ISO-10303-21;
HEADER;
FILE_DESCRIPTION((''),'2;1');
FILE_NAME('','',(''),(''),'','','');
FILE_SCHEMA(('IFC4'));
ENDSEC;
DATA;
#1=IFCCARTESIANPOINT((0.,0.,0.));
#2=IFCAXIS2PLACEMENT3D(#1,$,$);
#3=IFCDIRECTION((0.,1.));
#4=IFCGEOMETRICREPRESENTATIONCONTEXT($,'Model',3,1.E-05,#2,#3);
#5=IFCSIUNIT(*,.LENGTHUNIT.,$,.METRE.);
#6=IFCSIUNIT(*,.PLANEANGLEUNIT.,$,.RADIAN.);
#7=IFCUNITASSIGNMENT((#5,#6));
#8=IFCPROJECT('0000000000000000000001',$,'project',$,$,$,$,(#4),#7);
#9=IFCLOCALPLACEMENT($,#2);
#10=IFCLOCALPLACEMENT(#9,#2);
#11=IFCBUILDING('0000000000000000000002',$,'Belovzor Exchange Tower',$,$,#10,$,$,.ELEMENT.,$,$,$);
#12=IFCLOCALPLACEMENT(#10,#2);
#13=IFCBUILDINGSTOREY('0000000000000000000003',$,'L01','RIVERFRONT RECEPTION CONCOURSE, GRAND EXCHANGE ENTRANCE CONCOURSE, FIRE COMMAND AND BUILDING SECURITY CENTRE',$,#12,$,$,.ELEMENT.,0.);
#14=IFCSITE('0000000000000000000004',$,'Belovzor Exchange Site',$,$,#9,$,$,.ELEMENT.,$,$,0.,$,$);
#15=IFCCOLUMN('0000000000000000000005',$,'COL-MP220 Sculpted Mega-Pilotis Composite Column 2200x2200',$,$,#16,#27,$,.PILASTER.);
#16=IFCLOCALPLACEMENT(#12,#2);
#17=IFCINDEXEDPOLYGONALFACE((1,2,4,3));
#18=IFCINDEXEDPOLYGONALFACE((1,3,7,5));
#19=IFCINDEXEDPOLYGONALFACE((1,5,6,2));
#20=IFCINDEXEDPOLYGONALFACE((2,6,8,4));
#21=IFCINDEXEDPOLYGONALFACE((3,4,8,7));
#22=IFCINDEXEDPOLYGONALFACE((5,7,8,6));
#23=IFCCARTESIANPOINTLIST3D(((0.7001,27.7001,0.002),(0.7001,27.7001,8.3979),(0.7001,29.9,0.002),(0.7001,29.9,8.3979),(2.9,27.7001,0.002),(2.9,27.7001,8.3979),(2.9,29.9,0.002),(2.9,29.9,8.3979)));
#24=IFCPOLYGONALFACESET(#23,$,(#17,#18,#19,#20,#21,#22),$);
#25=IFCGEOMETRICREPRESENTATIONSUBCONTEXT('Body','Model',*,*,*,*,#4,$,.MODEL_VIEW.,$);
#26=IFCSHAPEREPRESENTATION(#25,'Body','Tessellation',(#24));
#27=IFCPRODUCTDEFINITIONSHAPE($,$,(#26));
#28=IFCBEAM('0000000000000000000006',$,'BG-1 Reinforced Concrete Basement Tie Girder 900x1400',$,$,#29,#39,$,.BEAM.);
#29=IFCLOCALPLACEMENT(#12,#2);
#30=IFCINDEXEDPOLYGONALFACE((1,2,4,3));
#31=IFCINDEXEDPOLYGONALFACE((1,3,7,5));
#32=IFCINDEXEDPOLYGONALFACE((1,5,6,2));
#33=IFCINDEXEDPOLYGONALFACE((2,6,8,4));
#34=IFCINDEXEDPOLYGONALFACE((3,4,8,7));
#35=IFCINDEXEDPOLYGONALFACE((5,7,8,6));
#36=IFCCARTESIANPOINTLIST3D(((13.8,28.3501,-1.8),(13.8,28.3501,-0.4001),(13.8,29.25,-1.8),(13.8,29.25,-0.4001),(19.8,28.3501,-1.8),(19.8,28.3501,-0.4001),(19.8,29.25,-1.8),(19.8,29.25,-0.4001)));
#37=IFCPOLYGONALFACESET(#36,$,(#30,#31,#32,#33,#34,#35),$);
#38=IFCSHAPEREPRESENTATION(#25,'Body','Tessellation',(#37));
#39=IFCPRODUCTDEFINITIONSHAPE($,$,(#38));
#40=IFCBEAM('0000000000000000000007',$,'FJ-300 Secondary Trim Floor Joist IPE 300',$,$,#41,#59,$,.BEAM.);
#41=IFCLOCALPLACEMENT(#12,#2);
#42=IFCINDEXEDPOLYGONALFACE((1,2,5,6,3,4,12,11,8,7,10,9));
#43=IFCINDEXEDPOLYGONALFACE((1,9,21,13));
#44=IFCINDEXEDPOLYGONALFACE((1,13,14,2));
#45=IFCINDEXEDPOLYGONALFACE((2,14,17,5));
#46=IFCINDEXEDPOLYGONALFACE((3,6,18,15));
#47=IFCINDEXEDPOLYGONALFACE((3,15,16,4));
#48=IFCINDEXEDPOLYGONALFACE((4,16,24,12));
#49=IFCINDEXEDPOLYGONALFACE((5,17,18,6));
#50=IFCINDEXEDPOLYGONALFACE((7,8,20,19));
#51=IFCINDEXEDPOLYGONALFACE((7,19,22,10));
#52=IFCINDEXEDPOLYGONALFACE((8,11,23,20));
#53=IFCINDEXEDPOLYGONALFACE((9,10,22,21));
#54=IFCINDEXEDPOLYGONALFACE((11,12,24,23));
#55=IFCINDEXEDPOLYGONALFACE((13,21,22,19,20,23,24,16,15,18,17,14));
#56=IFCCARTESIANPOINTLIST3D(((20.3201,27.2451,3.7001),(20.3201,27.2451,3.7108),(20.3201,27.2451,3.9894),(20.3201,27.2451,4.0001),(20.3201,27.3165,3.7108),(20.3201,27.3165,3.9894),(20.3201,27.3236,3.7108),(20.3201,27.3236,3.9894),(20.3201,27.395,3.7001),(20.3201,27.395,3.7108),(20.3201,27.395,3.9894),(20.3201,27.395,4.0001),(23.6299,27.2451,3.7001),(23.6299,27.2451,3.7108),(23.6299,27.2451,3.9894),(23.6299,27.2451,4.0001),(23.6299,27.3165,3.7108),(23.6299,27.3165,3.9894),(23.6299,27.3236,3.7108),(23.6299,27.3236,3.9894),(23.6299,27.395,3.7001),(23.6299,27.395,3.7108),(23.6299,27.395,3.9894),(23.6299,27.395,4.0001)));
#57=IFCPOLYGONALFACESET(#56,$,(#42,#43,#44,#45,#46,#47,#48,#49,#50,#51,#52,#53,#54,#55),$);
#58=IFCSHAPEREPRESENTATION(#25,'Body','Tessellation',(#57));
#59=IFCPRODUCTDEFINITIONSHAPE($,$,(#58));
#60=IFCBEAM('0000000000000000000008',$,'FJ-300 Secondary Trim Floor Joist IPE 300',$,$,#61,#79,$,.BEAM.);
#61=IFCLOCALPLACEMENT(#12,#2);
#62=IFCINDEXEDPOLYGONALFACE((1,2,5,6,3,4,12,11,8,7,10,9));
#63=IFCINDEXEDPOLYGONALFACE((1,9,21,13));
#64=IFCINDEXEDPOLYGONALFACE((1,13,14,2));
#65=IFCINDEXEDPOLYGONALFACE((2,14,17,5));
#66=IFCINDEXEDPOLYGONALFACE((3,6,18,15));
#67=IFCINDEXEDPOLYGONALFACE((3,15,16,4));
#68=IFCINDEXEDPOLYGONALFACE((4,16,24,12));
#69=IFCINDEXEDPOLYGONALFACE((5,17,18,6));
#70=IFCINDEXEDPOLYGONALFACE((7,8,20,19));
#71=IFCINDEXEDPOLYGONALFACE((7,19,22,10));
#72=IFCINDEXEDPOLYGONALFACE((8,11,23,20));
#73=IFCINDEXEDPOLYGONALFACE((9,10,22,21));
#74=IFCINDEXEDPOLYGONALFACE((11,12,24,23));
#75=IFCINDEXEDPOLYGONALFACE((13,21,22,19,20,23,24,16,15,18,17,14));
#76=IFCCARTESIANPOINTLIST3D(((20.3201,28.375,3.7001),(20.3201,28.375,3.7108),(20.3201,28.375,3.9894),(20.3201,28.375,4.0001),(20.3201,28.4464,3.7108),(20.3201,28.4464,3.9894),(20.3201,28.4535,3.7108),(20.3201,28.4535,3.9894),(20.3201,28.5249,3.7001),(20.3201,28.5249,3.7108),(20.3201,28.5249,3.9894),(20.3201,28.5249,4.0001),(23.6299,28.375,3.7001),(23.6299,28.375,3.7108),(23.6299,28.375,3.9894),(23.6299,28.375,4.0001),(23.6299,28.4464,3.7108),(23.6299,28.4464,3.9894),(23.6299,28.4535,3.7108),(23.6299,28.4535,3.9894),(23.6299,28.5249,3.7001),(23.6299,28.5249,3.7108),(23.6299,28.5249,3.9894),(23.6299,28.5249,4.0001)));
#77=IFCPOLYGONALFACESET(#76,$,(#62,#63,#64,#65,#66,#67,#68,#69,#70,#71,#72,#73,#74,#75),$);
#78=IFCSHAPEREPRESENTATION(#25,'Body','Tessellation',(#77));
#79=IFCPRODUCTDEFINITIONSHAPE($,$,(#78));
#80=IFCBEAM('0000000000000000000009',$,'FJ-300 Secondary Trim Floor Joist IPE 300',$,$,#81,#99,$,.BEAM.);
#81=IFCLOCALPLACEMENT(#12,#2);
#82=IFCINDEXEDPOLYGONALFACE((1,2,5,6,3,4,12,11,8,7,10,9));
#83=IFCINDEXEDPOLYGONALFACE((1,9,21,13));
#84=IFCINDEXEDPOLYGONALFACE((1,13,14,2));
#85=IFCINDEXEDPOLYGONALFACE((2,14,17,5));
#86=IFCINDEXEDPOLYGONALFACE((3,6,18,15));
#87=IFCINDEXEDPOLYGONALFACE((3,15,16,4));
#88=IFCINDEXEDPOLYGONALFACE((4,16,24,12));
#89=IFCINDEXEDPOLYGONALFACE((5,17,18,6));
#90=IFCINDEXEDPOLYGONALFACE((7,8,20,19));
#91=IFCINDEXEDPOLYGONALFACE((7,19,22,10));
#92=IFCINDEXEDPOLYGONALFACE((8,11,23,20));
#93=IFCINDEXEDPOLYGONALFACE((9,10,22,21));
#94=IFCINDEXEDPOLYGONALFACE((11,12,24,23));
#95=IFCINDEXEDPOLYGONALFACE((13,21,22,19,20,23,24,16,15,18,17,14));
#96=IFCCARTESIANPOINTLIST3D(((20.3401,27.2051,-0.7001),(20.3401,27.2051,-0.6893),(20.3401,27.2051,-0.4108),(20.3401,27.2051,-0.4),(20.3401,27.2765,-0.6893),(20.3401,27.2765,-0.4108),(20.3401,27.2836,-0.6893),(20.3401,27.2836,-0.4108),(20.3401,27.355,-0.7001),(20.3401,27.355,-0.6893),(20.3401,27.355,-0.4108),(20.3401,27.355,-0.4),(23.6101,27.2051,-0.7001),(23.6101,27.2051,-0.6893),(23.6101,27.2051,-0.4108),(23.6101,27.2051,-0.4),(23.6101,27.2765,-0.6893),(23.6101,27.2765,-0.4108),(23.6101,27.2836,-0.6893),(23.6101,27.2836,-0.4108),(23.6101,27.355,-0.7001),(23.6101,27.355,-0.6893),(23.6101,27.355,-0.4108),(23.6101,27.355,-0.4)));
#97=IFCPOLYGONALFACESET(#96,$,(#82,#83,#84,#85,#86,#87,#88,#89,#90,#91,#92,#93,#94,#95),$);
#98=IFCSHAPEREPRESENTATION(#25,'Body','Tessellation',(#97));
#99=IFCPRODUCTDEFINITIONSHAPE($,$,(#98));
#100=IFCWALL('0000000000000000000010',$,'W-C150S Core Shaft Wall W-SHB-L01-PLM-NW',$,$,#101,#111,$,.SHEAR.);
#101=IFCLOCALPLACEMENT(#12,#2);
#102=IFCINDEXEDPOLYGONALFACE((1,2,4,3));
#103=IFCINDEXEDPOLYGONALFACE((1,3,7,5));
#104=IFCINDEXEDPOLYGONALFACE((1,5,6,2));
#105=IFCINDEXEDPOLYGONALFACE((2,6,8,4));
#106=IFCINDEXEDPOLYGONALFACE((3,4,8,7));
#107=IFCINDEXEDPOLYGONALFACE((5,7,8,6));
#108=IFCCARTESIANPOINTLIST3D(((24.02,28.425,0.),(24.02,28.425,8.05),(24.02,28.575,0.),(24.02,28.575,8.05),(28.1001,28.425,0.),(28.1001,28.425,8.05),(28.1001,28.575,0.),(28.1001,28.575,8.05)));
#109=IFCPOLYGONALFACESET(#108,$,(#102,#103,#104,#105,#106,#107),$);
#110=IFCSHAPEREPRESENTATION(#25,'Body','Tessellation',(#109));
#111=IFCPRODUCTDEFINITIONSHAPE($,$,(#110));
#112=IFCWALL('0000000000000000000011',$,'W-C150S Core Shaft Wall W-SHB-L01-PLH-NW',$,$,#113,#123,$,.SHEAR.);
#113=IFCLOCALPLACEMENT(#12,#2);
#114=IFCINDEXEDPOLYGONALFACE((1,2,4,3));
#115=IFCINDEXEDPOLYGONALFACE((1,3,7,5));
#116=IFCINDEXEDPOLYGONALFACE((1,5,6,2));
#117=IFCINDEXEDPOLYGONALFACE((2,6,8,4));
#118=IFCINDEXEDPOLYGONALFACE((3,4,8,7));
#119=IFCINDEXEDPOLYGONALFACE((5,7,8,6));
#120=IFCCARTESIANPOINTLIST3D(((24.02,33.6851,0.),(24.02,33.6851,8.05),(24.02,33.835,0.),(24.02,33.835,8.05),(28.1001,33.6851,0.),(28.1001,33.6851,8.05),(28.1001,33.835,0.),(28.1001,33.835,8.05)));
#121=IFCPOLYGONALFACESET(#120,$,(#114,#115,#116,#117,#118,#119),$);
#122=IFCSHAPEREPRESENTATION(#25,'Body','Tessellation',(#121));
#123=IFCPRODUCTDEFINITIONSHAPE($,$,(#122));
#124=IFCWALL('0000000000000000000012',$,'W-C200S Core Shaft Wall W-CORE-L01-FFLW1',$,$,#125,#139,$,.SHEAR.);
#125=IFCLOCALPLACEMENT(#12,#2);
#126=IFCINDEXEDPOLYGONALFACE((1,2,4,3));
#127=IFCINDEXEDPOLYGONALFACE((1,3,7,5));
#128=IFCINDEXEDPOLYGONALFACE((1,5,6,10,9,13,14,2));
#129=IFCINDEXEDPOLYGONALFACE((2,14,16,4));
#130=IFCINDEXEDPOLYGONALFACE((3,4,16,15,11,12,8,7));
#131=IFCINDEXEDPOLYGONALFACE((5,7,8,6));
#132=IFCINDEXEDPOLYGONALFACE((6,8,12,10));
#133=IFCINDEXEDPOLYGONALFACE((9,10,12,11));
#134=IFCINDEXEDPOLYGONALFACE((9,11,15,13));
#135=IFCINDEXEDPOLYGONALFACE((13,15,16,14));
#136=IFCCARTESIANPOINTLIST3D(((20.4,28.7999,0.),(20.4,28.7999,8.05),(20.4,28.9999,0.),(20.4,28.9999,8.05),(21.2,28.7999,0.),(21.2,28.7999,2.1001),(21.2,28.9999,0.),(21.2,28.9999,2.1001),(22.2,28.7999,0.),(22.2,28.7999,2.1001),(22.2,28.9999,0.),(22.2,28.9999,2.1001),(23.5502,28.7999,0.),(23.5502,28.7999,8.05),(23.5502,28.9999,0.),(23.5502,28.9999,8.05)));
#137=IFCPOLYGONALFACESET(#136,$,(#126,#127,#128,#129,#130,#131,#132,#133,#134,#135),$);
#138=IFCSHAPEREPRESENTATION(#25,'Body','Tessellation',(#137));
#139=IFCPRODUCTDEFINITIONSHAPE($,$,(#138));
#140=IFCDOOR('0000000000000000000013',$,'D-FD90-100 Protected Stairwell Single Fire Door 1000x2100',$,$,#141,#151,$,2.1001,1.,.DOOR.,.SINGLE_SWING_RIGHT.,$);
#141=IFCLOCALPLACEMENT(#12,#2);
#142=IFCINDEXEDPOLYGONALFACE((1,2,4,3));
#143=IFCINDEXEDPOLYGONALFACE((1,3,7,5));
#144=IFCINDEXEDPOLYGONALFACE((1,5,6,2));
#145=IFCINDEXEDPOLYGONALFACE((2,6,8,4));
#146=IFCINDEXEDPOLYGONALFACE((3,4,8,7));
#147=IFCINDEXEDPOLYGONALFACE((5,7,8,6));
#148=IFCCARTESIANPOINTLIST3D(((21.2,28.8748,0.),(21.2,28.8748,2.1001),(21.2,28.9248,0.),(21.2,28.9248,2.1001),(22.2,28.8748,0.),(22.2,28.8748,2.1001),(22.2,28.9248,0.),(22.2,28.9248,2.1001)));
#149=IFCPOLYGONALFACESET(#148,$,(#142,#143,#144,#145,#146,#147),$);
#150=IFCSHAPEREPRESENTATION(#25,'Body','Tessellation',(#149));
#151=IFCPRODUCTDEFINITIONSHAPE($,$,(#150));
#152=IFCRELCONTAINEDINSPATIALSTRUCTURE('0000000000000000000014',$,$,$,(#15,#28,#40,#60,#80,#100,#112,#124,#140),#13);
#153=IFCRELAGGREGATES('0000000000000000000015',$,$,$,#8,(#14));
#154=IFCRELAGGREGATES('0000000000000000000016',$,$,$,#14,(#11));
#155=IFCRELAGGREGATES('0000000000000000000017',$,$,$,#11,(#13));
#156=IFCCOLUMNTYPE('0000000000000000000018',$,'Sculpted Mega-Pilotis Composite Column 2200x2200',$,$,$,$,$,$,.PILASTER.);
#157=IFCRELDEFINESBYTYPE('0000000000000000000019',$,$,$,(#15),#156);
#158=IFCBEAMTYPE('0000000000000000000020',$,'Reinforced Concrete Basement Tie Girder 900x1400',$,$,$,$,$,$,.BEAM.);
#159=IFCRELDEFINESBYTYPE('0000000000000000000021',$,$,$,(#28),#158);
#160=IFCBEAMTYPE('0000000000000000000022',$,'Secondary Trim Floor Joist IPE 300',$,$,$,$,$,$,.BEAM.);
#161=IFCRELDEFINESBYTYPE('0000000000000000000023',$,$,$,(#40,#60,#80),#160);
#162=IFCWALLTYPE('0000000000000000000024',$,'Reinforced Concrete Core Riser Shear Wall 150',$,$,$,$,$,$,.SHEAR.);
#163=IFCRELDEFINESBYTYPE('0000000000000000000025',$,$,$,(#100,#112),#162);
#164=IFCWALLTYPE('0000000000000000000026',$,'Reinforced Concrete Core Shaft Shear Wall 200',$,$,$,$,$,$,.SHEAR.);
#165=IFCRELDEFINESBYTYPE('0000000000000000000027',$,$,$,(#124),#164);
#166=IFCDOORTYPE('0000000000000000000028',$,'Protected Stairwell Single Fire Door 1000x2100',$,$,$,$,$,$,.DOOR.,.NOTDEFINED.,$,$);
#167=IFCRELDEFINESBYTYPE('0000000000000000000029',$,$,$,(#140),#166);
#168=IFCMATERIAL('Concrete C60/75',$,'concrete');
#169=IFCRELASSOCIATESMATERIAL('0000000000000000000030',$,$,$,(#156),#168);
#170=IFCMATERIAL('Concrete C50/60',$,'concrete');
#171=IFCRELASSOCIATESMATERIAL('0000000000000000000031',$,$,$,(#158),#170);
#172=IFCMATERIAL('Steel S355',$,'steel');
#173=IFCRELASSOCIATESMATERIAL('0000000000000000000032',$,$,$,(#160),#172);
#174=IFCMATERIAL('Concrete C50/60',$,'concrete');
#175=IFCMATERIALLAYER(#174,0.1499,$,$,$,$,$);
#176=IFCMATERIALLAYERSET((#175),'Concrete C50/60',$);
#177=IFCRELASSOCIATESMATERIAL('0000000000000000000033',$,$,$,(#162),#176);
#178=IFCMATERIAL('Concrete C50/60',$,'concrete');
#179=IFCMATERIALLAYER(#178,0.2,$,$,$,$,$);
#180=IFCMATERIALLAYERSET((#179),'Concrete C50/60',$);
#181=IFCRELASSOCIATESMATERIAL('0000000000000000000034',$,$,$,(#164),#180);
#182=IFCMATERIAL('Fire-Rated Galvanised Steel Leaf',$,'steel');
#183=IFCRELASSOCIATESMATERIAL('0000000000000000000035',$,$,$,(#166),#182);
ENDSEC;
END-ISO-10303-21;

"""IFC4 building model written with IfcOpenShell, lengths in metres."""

from ifc_helpers import new_model, si_unit, direction, frame, frame_2d, origin, origin_2d, place, context, subcontext, project, spatial, rectangle, i_section, extrude, material, layer, layer_set, material_profile, profile_set, type_object, element, fill, save


model = new_model("IFC4")

# Units and contexts
model_context = context("Model", 3, precision=1e-05, world=origin(), true_north=direction((0.0, 1.0)))
body_context = subcontext(model_context, "Body", "Model", "MODEL_VIEW")
ifc_project = project(units=[si_unit("LENGTHUNIT", "METRE"), si_unit("PLANEANGLEUNIT", "RADIAN")], contexts=[model_context])

# Site, building, storey
site_placement = place(None, origin())
site = spatial("IfcSite", under=ifc_project, at=site_placement, Name="Belovzor Exchange Site", CompositionType="ELEMENT", RefElevation=0.0)
building_placement = place(site_placement, origin())
building = spatial("IfcBuilding", under=site, at=building_placement, Name="Belovzor Exchange Tower", CompositionType="ELEMENT")
storey_placement = place(building_placement, origin())
storey = spatial("IfcBuildingStorey", under=building, at=storey_placement, Name="L01", Description="RIVERFRONT RECEPTION CONCOURSE, GRAND EXCHANGE ENTRANCE CONCOURSE, FIRE COMMAND AND BUILDING SECURITY CENTRE", CompositionType="ELEMENT", Elevation=0.0)

# Column
ifc_material_1 = material(Name="Concrete C60/75", Category="concrete")
ifc_material_profile_1 = material_profile(ifc_material_1, rectangle(XDim=2.2, YDim=2.2, at=origin_2d()))
ifc_profile_set_1 = profile_set([ifc_material_profile_1], Name="Concrete C60/75")
column_type = type_object("IfcColumnType", Name="Sculpted Mega-Pilotis Composite Column 2200x2200", PredefinedType="PILASTER", material=ifc_profile_set_1)
column_placement = place(storey_placement, frame((1.8, 28.8, 0.002), z_axis=(0.0, 0.0, 1.0), x_axis=(1.0, 0.0, 0.0)))
element("IfcColumn", 1, at=column_placement, inside=storey, type_object=column_type, Name="COL-MP220 Sculpted Mega-Pilotis Composite Column 2200x2200", PredefinedType="PILASTER", context=body_context, shape_type="SweptSolid", body=[
    extrude(rectangle(XDim=2.2, YDim=2.2, at=origin_2d()), origin(), (0.0, 0.0, 1.0), 8.396),
])

# Beams
ifc_material_2 = material(Name="Concrete C50/60", Category="concrete")
ifc_material_profile_2 = material_profile(ifc_material_2, rectangle(XDim=0.8999, YDim=1.3999, at=origin_2d()))
ifc_profile_set_2 = profile_set([ifc_material_profile_2], Name="Concrete C50/60")
beam_type_1 = type_object("IfcBeamType", Name="Reinforced Concrete Basement Tie Girder 900x1400", PredefinedType="BEAM", material=ifc_profile_set_2)
beam_1_placement = place(storey_placement, frame((13.8, 28.8, -1.1001), z_axis=(1.0, 0.0, 0.0), x_axis=(0.0, 1.0, 0.0)))
element("IfcBeam", 2, at=beam_1_placement, inside=storey, type_object=beam_type_1, Name="BG-1 Reinforced Concrete Basement Tie Girder 900x1400", PredefinedType="BEAM", context=body_context, shape_type="SweptSolid", body=[
    extrude(rectangle(XDim=0.8999, YDim=1.3999, at=origin_2d()), origin(), (0.0, 0.0, 1.0), 6.0),
])
ifc_material_3 = material(Name="Steel S355", Category="steel")
ifc_material_profile_3 = material_profile(ifc_material_3, i_section(OverallWidth=0.1499, OverallDepth=0.3, WebThickness=0.0071, FlangeThickness=0.0107, at=origin_2d()))
ifc_profile_set_3 = profile_set([ifc_material_profile_3], Name="Steel S355")
beam_type_2 = type_object("IfcBeamType", Name="Secondary Trim Floor Joist IPE 300", PredefinedType="BEAM", material=ifc_profile_set_3)
for number, where, z_axis, x_axis, name in (
    (3, (20.3201, 27.3201, 3.8501), (1.0, 0.0, 0.0), (0.0, 1.0, 0.0), "FJ-300 Secondary Trim Floor Joist IPE 300"),
    (4, (20.3201, 28.45, 3.8501), (1.0, 0.0, 0.0), (0.0, 1.0, 0.0), "FJ-300 Secondary Trim Floor Joist IPE 300"),
):
    element("IfcBeam", number, at=place(storey_placement, frame(where, z_axis=z_axis, x_axis=x_axis)), inside=storey, type_object=beam_type_2, Name=name, PredefinedType="BEAM", context=body_context, shape_type="SweptSolid", body=[
        extrude(i_section(OverallWidth=0.1499, OverallDepth=0.3, WebThickness=0.0071, FlangeThickness=0.0107, at=origin_2d()), origin(), (0.0, 0.0, 1.0), 3.3098),
    ])
beam_2_placement = place(storey_placement, frame((20.3401, 27.28, -0.55), z_axis=(1.0, 0.0, 0.0), x_axis=(0.0, 1.0, 0.0)))
element("IfcBeam", 5, at=beam_2_placement, inside=storey, type_object=beam_type_2, Name="FJ-300 Secondary Trim Floor Joist IPE 300", PredefinedType="BEAM", context=body_context, shape_type="SweptSolid", body=[
    extrude(i_section(OverallWidth=0.1499, OverallDepth=0.3, WebThickness=0.0071, FlangeThickness=0.0107, at=origin_2d()), origin(), (0.0, 0.0, 1.0), 3.27),
])

# Walls
ifc_material_4 = material(Name="Concrete C50/60", Category="concrete")
ifc_layer_1 = layer(ifc_material_4, 0.1499)
ifc_layer_set_1 = layer_set([ifc_layer_1], Name="Concrete C50/60")
wall_type_1 = type_object("IfcWallType", Name="Reinforced Concrete Core Riser Shear Wall 150", PredefinedType="SHEAR", material=ifc_layer_set_1)
for number, where, z_axis, x_axis, name in (
    (6, (24.02, 28.5, 0.0), (0.0, 0.0, 1.0), (1.0, 0.0, 0.0), "W-C150S Core Shaft Wall W-SHB-L01-PLM-NW"),
    (7, (24.02, 33.76, 0.0), (0.0, 0.0, 1.0), (1.0, 0.0, 0.0), "W-C150S Core Shaft Wall W-SHB-L01-PLH-NW"),
):
    element("IfcWall", number, at=place(storey_placement, frame(where, z_axis=z_axis, x_axis=x_axis)), inside=storey, type_object=wall_type_1, Name=name, PredefinedType="SHEAR", context=body_context, shape_type="SweptSolid", body=[
        extrude(rectangle(XDim=4.0801, YDim=0.1499, at=frame_2d((2.04, 0.0))), origin(), (0.0, 0.0, 1.0), 8.05),
    ])

# Wall, opening, door
ifc_material_5 = material(Name="Concrete C50/60", Category="concrete")
ifc_layer_2 = layer(ifc_material_5, 0.2)
ifc_layer_set_2 = layer_set([ifc_layer_2], Name="Concrete C50/60")
wall_type_2 = type_object("IfcWallType", Name="Reinforced Concrete Core Shaft Shear Wall 200", PredefinedType="SHEAR", material=ifc_layer_set_2)
wall_1_placement = place(storey_placement, frame((20.3999, 28.8999, 0.0), z_axis=(0.0, 0.0, 1.0), x_axis=(1.0, 0.0, 0.0)))
wall_1 = element("IfcWall", 8, at=wall_1_placement, inside=storey, type_object=wall_type_2, Name="W-C200S Core Shaft Wall W-CORE-L01-FFLW1", PredefinedType="SHEAR", context=body_context, shape_type="SweptSolid", body=[
    extrude(rectangle(XDim=3.1501, YDim=0.2, at=frame_2d((1.5752, 0.0))), origin(), (0.0, 0.0, 1.0), 8.05),
])
opening_1_placement = place(wall_1_placement, frame((0.8, 0.0, 0.0)))
opening_1 = element("IfcOpeningElement", 9, at=opening_1_placement, cuts=wall_1, PredefinedType="OPENING", context=body_context, shape_type="SweptSolid", body=[
    extrude(rectangle(XDim=1.0, YDim=2.1001, at=frame_2d((0.5, 1.05))), frame((0.0, 0.1099, 0.0), z_axis=(0.0, -1.0, 0.0), x_axis=(1.0, 0.0, 0.0)), (0.0, 0.0, 1.0), 0.22),
])
ifc_material_6 = material(Name="Fire-Rated Galvanised Steel Leaf", Category="steel")
door_type_1 = type_object("IfcDoorType", Name="Protected Stairwell Single Fire Door 1000x2100", OperationType="NOTDEFINED", PredefinedType="DOOR", material=ifc_material_6)
door_1_placement = place(opening_1_placement, origin())
door_1 = element("IfcDoor", 10, at=door_1_placement, inside=storey, type_object=door_type_1, Name="D-FD90-100 Protected Stairwell Single Fire Door 1000x2100", OperationType="SINGLE_SWING_RIGHT", OverallHeight=2.1001, OverallWidth=1.0, PredefinedType="DOOR", context=body_context, shape_type="SweptSolid", body=[
    extrude(rectangle(XDim=1.0, YDim=2.1001, at=frame_2d((0.5, 1.05))), frame((0.0, 0.0249, 0.0), z_axis=(0.0, -1.0, 0.0), x_axis=(1.0, 0.0, 0.0)), (0.0, 0.0, 1.0), 0.05),
])
fill(opening_1, door_1)

save(model, "model.ifc")
